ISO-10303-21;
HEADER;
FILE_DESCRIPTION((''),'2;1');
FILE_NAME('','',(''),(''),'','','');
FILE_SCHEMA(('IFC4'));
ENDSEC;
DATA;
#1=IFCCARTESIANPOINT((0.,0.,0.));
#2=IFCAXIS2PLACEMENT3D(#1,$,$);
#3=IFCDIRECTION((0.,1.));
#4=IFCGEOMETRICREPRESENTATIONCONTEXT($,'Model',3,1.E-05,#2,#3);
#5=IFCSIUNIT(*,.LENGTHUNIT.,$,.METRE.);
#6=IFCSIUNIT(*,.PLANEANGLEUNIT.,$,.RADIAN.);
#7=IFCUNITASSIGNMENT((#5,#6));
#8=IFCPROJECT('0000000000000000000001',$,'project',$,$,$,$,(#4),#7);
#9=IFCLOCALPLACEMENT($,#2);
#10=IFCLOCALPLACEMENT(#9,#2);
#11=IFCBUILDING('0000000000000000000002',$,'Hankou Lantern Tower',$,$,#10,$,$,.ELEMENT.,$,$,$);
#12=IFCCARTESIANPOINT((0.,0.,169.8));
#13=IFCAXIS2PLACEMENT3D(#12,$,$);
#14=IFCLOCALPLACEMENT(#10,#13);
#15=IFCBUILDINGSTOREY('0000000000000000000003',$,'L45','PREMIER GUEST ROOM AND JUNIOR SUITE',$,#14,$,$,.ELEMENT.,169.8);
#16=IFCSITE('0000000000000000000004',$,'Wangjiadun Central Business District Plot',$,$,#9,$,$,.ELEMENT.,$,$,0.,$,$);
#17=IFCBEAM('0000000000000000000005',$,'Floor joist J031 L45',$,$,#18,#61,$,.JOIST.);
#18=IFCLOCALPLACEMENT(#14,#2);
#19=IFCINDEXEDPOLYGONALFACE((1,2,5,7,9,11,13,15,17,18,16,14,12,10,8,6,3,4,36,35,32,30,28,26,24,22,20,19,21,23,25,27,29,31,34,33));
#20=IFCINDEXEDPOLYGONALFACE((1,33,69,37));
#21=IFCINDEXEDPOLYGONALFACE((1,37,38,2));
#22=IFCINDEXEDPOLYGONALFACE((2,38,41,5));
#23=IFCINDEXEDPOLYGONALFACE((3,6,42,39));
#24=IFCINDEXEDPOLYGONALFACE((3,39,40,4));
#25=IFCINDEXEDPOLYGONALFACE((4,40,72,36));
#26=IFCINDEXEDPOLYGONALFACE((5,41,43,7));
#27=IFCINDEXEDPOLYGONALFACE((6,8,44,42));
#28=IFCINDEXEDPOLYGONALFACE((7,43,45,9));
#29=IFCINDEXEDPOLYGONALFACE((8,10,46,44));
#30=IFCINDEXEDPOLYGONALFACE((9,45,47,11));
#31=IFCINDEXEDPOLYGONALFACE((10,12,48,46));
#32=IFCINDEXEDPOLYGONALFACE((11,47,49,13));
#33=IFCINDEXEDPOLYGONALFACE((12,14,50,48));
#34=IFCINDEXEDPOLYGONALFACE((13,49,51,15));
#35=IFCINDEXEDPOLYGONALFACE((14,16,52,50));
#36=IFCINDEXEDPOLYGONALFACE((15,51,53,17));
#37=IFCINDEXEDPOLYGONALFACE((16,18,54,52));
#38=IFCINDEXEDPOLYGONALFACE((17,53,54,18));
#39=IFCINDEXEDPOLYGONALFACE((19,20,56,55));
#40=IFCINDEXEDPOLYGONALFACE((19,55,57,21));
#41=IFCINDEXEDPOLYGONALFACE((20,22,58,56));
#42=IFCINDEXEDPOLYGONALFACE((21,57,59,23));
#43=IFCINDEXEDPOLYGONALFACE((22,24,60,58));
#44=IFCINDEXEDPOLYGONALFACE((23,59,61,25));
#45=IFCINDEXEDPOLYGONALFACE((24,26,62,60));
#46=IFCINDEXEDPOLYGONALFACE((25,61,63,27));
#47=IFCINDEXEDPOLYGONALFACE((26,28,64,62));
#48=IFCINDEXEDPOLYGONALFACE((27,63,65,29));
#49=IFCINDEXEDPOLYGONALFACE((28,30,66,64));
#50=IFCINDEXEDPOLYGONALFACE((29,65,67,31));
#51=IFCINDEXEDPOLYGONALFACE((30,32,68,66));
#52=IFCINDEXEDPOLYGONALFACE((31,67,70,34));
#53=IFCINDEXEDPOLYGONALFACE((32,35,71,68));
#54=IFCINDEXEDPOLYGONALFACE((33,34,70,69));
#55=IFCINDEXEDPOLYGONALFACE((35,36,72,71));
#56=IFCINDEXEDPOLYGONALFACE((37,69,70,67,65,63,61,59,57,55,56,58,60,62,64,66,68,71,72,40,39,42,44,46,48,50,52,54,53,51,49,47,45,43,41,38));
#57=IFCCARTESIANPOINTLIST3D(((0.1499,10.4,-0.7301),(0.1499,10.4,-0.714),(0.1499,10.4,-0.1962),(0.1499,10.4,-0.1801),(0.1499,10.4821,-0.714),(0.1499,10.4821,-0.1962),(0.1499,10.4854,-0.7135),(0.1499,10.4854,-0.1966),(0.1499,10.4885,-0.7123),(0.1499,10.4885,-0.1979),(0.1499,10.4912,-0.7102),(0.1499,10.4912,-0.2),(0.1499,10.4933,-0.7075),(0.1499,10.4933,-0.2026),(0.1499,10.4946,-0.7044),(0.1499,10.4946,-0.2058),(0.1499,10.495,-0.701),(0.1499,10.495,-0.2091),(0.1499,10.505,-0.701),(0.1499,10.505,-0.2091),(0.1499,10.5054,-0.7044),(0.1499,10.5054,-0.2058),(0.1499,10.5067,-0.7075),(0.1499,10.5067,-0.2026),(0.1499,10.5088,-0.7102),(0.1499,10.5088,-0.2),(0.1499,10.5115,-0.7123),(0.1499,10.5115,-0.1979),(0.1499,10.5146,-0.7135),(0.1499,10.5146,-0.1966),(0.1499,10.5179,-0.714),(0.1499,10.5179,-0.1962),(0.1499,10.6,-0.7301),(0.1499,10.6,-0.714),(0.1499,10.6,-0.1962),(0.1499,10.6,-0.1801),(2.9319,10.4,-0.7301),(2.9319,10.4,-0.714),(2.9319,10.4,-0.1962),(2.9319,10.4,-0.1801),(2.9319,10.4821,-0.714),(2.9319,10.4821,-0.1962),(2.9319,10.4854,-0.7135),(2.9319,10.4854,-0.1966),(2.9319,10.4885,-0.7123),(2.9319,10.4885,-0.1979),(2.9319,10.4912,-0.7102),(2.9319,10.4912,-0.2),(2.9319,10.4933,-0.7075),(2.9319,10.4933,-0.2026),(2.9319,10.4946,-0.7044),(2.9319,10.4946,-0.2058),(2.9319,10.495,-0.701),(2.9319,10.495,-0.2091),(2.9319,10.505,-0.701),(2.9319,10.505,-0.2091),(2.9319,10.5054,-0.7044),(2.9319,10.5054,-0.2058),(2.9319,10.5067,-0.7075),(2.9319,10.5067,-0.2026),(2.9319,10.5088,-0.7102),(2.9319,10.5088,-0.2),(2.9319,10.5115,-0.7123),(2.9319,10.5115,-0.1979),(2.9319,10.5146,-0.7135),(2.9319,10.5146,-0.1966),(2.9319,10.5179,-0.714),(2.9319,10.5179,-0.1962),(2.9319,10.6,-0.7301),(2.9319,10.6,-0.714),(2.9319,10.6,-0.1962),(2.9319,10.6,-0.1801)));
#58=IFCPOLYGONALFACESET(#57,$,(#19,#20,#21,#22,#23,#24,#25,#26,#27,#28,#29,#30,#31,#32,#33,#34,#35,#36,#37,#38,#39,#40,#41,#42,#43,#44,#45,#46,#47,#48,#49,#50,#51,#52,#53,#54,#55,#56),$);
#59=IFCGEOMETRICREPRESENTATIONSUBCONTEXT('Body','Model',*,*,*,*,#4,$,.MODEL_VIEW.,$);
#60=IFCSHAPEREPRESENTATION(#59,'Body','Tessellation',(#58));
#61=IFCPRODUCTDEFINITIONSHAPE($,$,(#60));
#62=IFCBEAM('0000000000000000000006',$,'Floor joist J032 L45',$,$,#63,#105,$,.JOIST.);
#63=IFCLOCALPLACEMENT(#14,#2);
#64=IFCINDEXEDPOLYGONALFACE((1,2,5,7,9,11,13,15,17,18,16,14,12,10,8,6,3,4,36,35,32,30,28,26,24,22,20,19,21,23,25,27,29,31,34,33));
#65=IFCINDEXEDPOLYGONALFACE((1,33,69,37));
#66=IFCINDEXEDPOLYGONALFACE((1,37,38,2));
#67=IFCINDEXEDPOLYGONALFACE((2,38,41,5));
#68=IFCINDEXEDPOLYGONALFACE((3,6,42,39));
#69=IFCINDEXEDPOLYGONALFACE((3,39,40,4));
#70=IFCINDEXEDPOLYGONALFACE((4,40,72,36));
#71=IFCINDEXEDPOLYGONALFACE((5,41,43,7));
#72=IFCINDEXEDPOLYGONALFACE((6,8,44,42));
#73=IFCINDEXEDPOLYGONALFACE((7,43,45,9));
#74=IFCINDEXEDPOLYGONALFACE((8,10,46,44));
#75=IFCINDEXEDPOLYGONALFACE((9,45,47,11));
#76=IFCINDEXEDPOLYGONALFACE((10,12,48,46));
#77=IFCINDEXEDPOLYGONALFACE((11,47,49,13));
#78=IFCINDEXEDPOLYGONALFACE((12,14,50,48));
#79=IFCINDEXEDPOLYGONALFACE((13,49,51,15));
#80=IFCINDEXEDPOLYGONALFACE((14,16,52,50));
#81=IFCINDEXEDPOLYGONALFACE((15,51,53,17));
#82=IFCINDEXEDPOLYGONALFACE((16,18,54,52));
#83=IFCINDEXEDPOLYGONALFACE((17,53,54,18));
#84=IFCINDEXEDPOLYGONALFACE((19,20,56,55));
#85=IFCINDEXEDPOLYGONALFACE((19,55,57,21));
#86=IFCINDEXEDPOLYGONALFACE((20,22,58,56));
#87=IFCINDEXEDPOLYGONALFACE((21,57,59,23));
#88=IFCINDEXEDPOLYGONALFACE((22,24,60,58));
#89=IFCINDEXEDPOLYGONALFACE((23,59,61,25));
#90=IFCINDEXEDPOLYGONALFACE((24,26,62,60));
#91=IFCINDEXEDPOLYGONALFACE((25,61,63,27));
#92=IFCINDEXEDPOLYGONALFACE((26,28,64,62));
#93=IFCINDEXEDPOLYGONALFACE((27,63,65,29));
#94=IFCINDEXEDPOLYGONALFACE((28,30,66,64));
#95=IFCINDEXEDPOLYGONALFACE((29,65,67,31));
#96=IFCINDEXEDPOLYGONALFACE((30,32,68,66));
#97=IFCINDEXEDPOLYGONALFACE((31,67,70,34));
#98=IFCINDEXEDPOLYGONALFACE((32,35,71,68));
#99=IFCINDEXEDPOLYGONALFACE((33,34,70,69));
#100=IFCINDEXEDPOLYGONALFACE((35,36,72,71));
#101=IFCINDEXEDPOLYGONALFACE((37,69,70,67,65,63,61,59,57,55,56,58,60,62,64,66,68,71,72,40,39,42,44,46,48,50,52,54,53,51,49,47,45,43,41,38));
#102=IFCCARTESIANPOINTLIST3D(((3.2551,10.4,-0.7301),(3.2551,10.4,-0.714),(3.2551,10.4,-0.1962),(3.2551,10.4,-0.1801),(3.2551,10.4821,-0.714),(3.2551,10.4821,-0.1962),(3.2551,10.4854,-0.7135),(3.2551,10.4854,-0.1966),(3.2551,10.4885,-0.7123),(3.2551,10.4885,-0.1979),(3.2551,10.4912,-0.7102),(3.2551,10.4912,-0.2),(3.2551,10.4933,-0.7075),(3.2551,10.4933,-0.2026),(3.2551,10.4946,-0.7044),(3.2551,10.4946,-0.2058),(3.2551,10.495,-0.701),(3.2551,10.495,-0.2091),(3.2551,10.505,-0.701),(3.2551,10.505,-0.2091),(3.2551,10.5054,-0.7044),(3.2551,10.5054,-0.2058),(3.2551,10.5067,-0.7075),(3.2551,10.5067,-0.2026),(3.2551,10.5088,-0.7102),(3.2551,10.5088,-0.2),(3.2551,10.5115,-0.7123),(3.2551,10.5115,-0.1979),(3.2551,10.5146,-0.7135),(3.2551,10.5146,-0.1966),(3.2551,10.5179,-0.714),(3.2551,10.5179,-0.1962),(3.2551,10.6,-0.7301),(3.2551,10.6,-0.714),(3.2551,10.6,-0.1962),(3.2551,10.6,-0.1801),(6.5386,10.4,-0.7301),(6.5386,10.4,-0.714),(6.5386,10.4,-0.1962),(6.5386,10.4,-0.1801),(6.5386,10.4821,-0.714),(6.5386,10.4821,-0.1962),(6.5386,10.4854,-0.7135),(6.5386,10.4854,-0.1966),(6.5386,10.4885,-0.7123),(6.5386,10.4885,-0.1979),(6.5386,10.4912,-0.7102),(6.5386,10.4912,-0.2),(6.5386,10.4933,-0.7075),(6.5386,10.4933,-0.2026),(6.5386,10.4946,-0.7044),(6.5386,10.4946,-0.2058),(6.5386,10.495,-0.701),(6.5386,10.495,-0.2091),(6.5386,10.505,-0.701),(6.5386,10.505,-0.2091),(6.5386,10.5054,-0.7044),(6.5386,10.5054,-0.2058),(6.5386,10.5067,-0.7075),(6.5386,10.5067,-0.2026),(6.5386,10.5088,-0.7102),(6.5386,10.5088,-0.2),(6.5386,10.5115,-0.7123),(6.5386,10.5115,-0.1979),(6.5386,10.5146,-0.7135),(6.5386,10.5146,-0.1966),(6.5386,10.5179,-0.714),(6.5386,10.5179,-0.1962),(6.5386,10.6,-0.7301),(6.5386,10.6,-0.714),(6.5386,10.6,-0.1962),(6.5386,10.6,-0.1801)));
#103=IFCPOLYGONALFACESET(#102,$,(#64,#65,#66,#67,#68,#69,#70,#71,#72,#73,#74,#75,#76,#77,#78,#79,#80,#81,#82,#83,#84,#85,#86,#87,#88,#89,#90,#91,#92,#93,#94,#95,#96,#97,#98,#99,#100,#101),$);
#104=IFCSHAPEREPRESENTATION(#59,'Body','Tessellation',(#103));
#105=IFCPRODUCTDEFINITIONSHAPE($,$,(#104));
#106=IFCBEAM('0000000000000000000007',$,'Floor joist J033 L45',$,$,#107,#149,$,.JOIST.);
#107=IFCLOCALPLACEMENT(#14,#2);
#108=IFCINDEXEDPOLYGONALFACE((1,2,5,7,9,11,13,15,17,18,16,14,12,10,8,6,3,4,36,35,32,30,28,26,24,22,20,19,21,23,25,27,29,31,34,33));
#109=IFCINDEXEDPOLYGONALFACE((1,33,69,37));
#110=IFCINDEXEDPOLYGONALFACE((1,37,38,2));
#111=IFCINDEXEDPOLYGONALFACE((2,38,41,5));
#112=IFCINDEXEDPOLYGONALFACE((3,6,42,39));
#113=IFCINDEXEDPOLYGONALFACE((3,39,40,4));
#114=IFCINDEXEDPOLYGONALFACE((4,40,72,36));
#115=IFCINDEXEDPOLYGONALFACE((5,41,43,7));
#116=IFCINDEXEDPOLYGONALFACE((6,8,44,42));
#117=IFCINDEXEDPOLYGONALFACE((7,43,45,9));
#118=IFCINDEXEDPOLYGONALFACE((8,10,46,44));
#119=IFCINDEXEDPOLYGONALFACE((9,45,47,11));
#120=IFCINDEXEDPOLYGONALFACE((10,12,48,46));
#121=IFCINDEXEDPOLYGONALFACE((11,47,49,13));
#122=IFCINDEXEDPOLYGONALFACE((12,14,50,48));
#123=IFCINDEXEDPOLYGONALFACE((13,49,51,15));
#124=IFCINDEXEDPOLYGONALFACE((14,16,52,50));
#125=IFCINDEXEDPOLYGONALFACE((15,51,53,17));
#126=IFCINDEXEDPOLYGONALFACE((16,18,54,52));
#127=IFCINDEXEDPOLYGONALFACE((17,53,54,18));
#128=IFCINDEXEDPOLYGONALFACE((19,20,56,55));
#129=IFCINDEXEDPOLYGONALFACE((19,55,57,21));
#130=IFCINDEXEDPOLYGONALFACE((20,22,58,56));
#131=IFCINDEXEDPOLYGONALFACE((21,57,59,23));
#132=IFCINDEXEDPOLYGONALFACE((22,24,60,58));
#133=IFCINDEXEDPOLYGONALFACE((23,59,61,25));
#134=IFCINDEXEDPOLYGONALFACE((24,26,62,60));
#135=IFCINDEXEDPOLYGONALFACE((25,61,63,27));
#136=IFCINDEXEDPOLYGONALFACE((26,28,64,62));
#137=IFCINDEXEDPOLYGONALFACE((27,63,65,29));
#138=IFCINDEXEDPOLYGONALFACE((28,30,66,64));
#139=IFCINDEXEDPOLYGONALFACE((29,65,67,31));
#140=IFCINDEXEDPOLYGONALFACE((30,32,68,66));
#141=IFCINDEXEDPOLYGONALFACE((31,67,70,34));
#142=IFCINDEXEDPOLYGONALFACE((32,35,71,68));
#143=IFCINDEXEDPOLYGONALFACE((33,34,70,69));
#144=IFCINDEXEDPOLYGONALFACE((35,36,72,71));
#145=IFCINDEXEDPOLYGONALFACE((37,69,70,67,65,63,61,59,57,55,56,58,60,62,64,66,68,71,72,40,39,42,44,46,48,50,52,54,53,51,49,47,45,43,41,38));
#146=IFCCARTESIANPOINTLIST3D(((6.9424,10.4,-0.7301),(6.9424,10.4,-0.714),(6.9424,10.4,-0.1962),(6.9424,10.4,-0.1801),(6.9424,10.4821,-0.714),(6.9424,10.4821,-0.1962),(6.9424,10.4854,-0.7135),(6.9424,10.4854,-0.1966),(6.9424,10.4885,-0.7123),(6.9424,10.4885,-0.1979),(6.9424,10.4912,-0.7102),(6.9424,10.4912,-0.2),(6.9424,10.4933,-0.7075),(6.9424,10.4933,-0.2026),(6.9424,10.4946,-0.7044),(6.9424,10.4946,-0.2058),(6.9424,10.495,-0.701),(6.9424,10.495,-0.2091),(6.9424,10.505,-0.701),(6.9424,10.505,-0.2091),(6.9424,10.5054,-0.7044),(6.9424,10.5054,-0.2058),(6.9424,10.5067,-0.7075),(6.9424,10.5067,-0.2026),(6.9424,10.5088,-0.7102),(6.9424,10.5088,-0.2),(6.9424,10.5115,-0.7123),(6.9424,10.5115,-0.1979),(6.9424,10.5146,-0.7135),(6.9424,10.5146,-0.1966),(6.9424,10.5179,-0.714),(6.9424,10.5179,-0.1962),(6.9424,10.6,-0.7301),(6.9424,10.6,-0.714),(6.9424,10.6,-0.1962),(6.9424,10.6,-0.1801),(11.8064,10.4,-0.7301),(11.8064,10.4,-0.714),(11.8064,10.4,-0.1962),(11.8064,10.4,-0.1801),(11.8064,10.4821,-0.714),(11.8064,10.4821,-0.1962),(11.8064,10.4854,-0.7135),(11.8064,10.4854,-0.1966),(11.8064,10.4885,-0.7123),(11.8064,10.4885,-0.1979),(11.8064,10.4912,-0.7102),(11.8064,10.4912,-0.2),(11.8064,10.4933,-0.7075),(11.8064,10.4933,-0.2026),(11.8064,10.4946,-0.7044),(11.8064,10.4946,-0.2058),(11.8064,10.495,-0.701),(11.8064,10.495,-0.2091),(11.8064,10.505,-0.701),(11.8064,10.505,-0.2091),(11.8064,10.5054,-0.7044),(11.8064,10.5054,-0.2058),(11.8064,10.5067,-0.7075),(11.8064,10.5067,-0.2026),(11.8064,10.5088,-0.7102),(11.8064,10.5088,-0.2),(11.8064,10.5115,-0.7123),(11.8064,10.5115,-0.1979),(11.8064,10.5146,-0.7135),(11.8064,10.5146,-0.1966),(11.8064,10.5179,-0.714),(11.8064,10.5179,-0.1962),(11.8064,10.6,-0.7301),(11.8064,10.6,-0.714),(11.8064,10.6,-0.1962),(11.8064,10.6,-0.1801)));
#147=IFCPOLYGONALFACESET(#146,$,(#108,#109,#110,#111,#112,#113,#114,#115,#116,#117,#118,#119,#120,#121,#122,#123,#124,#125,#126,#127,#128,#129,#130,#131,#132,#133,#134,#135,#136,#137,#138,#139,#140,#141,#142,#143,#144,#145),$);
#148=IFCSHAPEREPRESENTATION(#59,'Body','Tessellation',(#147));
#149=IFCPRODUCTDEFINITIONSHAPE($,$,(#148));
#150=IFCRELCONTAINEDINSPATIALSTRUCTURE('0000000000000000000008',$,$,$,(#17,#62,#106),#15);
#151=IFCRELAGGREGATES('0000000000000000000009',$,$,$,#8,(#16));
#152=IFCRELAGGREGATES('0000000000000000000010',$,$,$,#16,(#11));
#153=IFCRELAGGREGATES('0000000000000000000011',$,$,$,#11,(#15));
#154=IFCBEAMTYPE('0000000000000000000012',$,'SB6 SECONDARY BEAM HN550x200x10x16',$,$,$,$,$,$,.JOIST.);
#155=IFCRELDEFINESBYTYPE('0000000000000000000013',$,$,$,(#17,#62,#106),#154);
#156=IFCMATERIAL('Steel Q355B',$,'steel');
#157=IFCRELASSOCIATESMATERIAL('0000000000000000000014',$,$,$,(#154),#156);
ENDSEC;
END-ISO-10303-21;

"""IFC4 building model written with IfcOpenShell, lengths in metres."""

from ifc_helpers import new_model, si_unit, direction, frame, origin, origin_2d, place, context, subcontext, project, spatial, i_section, extrude, material, material_profile, profile_set, type_object, element, save


model = new_model("IFC4")

# Units and contexts
model_context = context("Model", 3, precision=1e-05, world=origin(), true_north=direction((0.0, 1.0)))
body_context = subcontext(model_context, "Body", "Model", "MODEL_VIEW")
ifc_project = project(units=[si_unit("LENGTHUNIT", "METRE"), si_unit("PLANEANGLEUNIT", "RADIAN")], contexts=[model_context])

# Site, building, storey
site_placement = place(None, origin())
site = spatial("IfcSite", under=ifc_project, at=site_placement, Name="Wangjiadun Central Business District Plot", CompositionType="ELEMENT", RefElevation=0.0)
building_placement = place(site_placement, origin())
building = spatial("IfcBuilding", under=site, at=building_placement, Name="Hankou Lantern Tower", CompositionType="ELEMENT")
storey_placement = place(building_placement, frame((0.0, 0.0, 169.8)))
storey = spatial("IfcBuildingStorey", under=building, at=storey_placement, Name="L45", Description="PREMIER GUEST ROOM AND JUNIOR SUITE", CompositionType="ELEMENT", Elevation=169.8)

# Beams
ifc_material_1 = material(Name="Steel Q355B", Category="steel")
ifc_material_profile_1 = material_profile(ifc_material_1, i_section(OverallWidth=0.2, OverallDepth=0.55, WebThickness=0.01, FlangeThickness=0.0161, FilletRadius=0.0129, at=origin_2d()), Name="HN550x200x10x16")
ifc_profile_set_1 = profile_set([ifc_material_profile_1], Name="Steel Q355B")
beam_type_1 = type_object("IfcBeamType", Name="SB6 SECONDARY BEAM HN550x200x10x16", PredefinedType="JOIST", material=ifc_profile_set_1)
beam_1_placement = place(storey_placement, frame((0.1499, 10.5, -0.4551), z_axis=(1.0, 0.0, 0.0), x_axis=(0.0, 1.0, 0.0)))
element("IfcBeam", 1, at=beam_1_placement, inside=storey, type_object=beam_type_1, Name="Floor joist J031 L45", PredefinedType="JOIST", context=body_context, shape_type="SweptSolid", body=[
    extrude(i_section(OverallWidth=0.2, OverallDepth=0.55, WebThickness=0.01, FlangeThickness=0.0161, FilletRadius=0.0129, at=origin_2d()), origin(), (0.0, 0.0, 1.0), 2.782),
])
beam_2_placement = place(storey_placement, frame((3.2551, 10.5, -0.4551), z_axis=(1.0, 0.0, 0.0), x_axis=(0.0, 1.0, 0.0)))
element("IfcBeam", 2, at=beam_2_placement, inside=storey, type_object=beam_type_1, Name="Floor joist J032 L45", PredefinedType="JOIST", context=body_context, shape_type="SweptSolid", body=[
    extrude(i_section(OverallWidth=0.2, OverallDepth=0.55, WebThickness=0.01, FlangeThickness=0.0161, FilletRadius=0.0129, at=origin_2d()), origin(), (0.0, 0.0, 1.0), 3.2834),
])
beam_3_placement = place(storey_placement, frame((6.9424, 10.5, -0.4551), z_axis=(1.0, 0.0, 0.0), x_axis=(0.0, 1.0, 0.0)))
element("IfcBeam", 3, at=beam_3_placement, inside=storey, type_object=beam_type_1, Name="Floor joist J033 L45", PredefinedType="JOIST", context=body_context, shape_type="SweptSolid", body=[
    extrude(i_section(OverallWidth=0.2, OverallDepth=0.55, WebThickness=0.01, FlangeThickness=0.0161, FilletRadius=0.0129, at=origin_2d()), origin(), (0.0, 0.0, 1.0), 4.864),
])

save(model, "model.ifc")
